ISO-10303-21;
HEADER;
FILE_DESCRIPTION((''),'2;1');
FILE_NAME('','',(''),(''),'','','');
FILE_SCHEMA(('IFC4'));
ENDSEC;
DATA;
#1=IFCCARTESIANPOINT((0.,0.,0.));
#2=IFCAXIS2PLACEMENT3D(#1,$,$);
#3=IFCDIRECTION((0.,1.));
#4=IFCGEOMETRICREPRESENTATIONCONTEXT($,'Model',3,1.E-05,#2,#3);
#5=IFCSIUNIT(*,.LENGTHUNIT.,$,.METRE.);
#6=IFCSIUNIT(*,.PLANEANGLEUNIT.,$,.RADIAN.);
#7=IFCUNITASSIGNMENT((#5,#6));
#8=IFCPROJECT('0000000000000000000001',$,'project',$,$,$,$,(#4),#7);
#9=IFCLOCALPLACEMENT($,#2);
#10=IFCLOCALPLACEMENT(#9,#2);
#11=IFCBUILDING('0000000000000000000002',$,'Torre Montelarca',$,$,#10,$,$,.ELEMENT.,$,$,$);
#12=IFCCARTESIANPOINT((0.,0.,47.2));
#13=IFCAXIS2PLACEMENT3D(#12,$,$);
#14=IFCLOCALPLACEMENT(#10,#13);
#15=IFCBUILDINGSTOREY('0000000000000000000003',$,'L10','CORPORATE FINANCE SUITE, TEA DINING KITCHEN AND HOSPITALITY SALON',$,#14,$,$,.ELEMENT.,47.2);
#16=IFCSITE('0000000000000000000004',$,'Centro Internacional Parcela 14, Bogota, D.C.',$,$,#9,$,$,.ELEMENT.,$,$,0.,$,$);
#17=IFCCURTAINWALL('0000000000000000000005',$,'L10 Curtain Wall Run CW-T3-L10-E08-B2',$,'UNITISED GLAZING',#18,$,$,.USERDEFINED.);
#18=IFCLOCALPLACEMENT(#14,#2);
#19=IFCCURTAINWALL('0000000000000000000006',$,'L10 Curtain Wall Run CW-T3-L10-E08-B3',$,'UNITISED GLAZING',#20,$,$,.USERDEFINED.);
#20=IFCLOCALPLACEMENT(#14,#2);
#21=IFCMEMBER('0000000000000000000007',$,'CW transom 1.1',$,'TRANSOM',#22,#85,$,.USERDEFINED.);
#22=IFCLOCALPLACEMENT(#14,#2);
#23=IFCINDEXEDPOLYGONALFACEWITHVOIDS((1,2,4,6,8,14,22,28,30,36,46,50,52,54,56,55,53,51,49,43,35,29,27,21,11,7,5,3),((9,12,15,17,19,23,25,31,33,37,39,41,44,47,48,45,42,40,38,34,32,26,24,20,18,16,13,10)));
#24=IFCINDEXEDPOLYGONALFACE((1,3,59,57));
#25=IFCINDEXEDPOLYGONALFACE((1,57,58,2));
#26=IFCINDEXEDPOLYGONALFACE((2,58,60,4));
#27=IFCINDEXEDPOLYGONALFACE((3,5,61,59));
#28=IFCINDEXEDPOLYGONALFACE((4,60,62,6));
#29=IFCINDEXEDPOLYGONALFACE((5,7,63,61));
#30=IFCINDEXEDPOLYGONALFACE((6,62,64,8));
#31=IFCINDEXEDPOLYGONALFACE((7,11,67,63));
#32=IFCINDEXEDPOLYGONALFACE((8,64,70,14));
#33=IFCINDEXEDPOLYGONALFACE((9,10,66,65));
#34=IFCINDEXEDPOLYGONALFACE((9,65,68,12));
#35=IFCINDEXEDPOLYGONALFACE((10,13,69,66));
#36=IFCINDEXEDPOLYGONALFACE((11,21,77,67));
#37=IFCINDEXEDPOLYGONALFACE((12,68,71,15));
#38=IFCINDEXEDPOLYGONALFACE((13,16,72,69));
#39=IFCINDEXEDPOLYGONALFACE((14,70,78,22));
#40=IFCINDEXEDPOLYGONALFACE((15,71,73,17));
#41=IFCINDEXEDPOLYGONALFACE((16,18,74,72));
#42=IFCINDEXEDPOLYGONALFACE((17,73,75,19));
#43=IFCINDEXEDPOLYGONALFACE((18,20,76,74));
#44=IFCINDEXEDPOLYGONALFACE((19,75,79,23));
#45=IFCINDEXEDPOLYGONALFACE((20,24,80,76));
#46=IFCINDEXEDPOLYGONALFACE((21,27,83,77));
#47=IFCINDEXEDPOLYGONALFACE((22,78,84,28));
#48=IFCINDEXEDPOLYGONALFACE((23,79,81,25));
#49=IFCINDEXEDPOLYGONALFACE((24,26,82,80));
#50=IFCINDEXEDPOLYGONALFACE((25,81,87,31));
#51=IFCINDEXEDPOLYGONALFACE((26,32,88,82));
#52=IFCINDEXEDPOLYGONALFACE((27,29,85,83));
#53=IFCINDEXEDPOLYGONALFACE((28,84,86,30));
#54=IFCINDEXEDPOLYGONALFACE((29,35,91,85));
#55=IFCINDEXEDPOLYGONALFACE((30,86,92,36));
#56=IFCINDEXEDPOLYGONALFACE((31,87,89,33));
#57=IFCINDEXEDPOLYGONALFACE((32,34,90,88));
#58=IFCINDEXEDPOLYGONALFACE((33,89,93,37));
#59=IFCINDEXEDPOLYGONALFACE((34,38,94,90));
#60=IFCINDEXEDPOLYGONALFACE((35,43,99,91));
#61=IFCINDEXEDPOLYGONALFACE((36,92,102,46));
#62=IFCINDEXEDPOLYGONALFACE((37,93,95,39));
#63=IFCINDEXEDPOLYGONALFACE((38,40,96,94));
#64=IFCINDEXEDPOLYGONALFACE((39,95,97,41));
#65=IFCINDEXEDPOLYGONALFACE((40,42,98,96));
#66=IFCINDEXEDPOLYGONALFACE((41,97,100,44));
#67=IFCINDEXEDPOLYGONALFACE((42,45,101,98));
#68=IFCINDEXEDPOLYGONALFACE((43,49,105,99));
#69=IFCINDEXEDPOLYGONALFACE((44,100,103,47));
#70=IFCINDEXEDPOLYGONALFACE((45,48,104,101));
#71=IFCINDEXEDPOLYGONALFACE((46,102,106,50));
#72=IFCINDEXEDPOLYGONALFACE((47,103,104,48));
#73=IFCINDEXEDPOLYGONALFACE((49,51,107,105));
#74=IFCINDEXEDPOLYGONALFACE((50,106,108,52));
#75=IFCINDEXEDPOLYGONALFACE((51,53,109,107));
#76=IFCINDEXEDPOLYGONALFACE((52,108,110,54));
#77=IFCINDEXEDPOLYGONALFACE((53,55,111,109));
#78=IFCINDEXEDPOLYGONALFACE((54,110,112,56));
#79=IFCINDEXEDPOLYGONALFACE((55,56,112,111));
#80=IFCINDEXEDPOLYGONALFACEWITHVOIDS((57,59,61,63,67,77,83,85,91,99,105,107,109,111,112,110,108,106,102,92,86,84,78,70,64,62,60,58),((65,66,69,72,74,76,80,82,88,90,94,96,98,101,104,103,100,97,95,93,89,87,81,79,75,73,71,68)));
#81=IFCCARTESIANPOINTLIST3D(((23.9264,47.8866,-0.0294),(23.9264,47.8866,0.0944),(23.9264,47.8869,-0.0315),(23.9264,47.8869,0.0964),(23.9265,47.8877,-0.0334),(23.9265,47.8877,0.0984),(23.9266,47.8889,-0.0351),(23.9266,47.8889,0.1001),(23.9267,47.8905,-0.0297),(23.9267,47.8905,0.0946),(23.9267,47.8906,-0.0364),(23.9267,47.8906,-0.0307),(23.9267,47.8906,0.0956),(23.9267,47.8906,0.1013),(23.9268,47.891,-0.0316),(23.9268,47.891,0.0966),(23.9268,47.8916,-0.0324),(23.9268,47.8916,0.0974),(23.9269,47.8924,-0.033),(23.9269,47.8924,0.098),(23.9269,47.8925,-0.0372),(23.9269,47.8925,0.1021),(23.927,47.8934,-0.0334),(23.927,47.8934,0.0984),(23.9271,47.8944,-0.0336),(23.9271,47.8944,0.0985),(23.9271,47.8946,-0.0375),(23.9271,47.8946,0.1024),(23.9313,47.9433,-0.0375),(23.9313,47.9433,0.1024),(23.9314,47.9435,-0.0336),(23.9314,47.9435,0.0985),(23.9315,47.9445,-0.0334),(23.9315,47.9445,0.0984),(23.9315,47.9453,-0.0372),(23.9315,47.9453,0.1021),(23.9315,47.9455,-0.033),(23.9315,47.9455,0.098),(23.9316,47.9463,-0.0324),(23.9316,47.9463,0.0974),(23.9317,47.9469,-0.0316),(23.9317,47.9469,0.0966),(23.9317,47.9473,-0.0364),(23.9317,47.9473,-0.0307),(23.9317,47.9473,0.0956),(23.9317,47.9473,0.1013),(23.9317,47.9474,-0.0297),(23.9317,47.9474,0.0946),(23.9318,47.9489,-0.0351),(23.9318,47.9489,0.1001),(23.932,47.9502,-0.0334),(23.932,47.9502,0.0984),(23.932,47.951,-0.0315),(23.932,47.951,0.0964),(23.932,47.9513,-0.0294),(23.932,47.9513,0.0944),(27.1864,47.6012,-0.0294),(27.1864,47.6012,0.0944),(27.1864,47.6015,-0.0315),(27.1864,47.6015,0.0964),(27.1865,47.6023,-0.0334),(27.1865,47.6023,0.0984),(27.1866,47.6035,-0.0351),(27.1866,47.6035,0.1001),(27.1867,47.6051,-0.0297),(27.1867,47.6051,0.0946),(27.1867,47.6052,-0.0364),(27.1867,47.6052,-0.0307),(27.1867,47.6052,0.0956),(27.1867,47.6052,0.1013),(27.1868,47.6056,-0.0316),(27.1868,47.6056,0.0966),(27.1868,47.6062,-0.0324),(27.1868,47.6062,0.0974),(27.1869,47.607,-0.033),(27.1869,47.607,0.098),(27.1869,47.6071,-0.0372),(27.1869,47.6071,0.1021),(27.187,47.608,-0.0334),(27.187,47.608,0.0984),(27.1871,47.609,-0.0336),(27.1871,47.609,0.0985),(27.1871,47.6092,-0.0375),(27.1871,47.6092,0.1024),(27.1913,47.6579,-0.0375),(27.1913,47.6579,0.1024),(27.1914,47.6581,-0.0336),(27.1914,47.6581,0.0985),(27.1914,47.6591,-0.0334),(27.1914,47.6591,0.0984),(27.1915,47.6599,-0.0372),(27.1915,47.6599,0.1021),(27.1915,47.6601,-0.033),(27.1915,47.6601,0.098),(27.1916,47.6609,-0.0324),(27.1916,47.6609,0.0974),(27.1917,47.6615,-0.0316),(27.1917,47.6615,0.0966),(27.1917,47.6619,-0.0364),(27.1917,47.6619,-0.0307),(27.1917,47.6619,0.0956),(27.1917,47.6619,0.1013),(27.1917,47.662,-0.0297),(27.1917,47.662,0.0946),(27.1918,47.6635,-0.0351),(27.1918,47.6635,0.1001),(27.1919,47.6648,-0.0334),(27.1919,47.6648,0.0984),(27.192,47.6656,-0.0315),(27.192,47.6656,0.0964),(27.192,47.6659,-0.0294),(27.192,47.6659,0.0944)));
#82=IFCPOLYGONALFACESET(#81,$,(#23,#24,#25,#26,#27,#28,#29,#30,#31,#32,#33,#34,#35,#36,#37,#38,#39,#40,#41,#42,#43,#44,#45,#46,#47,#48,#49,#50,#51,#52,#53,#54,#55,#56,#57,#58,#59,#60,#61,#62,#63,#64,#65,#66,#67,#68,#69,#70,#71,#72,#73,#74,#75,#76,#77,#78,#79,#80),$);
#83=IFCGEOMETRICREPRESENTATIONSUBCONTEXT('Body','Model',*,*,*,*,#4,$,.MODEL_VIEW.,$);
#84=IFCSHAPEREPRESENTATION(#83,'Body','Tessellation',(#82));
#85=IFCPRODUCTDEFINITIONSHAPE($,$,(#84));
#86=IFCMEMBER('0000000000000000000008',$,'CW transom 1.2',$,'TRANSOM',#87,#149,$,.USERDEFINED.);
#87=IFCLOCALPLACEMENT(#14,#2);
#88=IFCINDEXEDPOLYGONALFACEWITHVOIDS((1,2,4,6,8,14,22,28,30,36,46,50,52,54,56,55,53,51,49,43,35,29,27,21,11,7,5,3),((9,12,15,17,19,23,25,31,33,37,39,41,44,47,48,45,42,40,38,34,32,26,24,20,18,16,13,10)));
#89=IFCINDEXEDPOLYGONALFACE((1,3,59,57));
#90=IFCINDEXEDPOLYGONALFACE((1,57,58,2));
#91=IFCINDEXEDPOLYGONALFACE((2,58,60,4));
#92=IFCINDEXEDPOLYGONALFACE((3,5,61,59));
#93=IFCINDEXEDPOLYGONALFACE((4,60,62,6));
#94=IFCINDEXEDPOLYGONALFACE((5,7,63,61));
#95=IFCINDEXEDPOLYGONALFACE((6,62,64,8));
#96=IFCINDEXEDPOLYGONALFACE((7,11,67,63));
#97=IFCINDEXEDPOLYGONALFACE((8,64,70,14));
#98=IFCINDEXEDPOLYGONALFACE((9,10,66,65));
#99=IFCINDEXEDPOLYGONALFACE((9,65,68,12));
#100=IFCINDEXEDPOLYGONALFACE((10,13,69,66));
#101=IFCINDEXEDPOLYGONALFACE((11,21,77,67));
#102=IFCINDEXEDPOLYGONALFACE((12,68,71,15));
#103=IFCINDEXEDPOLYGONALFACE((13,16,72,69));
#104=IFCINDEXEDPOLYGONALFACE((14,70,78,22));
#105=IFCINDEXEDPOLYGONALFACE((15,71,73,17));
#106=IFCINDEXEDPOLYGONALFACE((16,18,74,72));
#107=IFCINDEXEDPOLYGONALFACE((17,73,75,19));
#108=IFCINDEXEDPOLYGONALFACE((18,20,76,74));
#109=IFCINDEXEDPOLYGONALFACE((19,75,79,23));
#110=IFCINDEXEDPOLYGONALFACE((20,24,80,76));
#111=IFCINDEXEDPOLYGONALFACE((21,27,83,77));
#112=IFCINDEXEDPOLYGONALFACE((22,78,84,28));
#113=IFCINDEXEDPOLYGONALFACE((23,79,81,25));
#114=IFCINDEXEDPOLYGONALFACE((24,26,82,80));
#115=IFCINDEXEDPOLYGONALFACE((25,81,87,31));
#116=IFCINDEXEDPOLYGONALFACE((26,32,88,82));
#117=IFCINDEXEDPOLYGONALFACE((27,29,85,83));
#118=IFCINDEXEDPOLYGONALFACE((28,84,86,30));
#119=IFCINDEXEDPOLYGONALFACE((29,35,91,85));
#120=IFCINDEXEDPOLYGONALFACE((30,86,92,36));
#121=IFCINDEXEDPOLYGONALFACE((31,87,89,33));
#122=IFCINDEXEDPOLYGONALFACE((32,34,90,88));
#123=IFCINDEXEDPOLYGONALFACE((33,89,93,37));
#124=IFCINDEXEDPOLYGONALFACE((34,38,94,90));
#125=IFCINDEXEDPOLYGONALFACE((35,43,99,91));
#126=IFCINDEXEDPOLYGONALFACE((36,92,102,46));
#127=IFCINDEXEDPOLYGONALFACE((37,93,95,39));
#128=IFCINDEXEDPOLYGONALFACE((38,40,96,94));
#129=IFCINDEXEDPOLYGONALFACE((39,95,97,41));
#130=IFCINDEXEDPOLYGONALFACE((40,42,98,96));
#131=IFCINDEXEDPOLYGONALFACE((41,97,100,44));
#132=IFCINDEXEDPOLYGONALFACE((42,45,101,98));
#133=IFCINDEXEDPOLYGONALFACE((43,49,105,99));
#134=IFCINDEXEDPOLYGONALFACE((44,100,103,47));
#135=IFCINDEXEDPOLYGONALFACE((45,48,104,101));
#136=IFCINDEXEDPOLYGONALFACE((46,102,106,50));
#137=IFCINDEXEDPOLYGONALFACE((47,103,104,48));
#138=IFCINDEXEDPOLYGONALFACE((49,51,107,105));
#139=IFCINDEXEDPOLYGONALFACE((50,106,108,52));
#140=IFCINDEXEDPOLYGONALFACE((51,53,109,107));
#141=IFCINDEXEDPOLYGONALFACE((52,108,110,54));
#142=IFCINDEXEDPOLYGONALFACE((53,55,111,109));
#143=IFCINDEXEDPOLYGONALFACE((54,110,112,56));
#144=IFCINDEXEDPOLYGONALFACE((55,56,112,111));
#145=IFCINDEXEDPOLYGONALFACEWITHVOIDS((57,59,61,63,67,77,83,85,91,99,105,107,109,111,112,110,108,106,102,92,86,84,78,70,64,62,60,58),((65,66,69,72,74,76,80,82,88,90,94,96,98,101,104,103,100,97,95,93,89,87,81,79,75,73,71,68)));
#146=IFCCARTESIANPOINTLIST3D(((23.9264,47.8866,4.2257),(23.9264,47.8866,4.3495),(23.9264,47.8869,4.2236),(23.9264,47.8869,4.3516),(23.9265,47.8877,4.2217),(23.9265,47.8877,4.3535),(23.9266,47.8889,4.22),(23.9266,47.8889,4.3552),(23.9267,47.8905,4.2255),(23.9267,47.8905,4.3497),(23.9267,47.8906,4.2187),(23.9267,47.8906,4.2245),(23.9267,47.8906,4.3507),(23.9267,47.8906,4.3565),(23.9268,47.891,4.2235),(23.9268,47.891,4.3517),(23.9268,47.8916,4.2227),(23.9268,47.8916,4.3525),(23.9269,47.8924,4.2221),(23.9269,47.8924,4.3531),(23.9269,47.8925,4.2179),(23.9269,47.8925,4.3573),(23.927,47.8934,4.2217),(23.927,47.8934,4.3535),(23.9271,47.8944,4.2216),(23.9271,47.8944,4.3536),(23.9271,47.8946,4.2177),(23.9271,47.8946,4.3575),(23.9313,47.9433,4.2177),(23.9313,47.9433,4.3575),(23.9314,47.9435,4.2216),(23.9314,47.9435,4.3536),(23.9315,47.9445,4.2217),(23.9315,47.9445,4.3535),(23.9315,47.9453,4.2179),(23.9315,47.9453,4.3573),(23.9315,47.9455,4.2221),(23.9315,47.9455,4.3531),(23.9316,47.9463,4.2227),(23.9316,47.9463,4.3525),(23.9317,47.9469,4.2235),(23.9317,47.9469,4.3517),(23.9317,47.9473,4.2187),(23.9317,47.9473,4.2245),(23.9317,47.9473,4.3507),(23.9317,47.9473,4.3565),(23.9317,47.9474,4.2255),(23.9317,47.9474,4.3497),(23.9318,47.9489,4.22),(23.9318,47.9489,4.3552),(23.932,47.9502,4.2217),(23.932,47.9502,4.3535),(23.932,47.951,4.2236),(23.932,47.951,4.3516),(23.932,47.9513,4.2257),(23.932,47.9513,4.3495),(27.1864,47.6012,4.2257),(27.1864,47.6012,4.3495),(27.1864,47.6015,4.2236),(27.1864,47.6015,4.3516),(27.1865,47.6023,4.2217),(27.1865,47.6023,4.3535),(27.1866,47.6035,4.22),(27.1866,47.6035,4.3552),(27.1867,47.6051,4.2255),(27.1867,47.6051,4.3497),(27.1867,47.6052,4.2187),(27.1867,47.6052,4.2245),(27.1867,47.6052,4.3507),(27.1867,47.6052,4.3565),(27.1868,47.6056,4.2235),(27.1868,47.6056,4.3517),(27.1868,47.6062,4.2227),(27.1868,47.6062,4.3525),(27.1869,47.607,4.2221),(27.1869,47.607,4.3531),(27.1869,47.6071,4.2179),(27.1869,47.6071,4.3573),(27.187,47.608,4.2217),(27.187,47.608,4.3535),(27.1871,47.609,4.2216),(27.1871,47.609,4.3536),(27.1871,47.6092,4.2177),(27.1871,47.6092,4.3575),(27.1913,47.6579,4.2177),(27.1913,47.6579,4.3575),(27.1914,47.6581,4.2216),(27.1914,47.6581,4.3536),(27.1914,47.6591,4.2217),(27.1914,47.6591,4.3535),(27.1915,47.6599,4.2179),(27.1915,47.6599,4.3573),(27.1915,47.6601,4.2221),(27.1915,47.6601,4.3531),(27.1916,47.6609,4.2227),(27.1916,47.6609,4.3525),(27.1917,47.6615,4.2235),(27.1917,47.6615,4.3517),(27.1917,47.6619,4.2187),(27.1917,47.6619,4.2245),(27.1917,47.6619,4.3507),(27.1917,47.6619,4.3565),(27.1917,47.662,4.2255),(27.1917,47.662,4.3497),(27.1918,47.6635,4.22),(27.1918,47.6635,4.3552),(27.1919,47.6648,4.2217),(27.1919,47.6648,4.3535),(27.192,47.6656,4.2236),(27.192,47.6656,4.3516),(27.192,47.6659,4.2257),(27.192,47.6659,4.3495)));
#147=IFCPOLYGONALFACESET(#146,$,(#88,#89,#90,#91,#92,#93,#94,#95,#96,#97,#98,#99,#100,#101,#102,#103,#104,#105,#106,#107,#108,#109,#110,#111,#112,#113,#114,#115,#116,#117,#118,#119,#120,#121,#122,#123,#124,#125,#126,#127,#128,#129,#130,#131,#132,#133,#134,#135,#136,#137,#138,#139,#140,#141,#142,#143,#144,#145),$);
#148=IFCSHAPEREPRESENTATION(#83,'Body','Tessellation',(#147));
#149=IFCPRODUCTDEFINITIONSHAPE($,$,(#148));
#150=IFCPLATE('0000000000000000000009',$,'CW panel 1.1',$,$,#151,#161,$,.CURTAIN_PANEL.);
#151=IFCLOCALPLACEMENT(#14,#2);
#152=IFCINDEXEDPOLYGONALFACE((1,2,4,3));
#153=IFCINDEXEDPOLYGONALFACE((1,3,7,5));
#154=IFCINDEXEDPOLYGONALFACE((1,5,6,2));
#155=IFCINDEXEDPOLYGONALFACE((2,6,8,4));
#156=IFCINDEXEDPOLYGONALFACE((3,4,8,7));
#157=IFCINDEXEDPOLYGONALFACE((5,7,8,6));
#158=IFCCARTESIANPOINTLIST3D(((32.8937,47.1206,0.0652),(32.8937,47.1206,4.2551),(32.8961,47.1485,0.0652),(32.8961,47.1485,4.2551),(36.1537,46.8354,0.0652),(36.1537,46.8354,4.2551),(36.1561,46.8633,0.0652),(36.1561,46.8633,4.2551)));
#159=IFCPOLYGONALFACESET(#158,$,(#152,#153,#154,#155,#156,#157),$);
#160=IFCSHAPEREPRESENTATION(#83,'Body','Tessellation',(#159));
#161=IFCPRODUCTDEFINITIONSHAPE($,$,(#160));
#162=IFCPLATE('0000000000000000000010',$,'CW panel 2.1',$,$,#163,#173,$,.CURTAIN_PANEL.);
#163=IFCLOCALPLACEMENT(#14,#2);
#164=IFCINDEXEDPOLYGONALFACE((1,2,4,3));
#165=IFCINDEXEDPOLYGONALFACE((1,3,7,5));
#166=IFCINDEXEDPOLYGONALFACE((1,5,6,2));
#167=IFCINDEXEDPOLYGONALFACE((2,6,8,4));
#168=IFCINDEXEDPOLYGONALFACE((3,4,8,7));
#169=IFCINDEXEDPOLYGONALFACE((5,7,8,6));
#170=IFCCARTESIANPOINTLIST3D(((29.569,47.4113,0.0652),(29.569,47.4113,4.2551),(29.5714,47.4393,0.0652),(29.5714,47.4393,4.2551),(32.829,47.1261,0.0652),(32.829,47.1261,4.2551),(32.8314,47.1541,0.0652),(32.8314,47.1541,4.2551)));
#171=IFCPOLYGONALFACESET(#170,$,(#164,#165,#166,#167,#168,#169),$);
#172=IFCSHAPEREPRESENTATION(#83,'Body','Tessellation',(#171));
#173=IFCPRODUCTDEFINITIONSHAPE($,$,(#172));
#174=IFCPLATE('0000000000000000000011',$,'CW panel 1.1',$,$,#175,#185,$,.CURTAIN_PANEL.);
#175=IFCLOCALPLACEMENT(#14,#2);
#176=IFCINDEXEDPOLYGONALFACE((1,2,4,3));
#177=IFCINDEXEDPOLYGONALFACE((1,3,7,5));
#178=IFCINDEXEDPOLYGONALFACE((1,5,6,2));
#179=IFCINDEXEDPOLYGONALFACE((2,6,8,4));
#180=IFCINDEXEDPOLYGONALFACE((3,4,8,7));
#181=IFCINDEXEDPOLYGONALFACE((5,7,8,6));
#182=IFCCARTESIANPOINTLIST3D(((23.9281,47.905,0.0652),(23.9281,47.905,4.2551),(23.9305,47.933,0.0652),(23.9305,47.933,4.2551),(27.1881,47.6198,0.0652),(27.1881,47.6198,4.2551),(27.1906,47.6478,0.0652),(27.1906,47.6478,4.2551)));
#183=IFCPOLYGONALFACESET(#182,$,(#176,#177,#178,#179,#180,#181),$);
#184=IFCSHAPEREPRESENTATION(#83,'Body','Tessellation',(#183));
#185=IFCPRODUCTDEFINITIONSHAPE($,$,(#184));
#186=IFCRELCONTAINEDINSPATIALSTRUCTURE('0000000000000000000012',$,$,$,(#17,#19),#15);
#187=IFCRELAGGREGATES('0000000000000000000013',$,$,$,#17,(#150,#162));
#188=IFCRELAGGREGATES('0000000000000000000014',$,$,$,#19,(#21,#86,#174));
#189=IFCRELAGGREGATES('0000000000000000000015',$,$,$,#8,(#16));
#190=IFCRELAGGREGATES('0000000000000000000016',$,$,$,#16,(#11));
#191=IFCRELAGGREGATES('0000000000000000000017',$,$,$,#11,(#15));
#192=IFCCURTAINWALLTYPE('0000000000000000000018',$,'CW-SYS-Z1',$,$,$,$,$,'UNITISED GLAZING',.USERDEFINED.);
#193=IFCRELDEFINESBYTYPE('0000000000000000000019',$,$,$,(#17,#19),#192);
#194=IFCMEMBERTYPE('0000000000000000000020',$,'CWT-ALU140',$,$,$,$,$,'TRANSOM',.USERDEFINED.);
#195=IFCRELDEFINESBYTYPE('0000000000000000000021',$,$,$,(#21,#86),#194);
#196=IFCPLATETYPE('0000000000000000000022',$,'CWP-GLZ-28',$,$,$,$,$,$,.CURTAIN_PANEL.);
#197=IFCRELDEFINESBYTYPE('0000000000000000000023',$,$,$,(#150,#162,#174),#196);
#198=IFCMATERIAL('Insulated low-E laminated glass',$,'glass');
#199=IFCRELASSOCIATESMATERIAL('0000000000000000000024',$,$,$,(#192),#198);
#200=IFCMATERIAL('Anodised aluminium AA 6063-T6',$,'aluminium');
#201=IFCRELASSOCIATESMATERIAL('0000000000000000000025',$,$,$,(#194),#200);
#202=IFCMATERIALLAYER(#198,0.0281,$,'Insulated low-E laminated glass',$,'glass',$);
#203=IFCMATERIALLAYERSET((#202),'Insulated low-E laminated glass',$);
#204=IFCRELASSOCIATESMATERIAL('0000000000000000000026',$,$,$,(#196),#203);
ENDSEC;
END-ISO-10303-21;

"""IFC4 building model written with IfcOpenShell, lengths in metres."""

from ifc_helpers import new_model, si_unit, direction, frame, origin, origin_2d, place, context, subcontext, project, spatial, rectangle, hollow_rectangle, extrude, source, transform, mapped, material, layer, layer_set, material_profile, profile_set, type_object, element, aggregate, save


model = new_model("IFC4")

# Units and contexts
model_context = context("Model", 3, precision=1e-05, world=origin(), true_north=direction((0.0, 1.0)))
body_context = subcontext(model_context, "Body", "Model", "MODEL_VIEW")
ifc_project = project(units=[si_unit("LENGTHUNIT", "METRE"), si_unit("PLANEANGLEUNIT", "RADIAN")], contexts=[model_context])

# Site, building, storey
site_placement = place(None, origin())
site = spatial("IfcSite", under=ifc_project, at=site_placement, Name="Centro Internacional Parcela 14, Bogota, D.C.", CompositionType="ELEMENT", RefElevation=0.0)
building_placement = place(site_placement, origin())
building = spatial("IfcBuilding", under=site, at=building_placement, Name="Torre Montelarca", CompositionType="ELEMENT")
storey_placement = place(building_placement, frame((0.0, 0.0, 47.2)))
storey = spatial("IfcBuildingStorey", under=building, at=storey_placement, Name="L10", Description="CORPORATE FINANCE SUITE, TEA DINING KITCHEN AND HOSPITALITY SALON", CompositionType="ELEMENT", Elevation=47.2)

# Shared definitions
ifc_material_1 = material(Name="Insulated low-E laminated glass", Category="glass")
curtain_wall_type = type_object("IfcCurtainWallType", Name="CW-SYS-Z1", ElementType="UNITISED GLAZING", PredefinedType="USERDEFINED", material=ifc_material_1)
ifc_material_2 = material(Name="Anodised aluminium AA 6063-T6", Category="aluminium")

# Curtain walls
curtain_wall_1_placement = place(storey_placement, origin())
curtain_wall_1 = element("IfcCurtainWall", 1, at=curtain_wall_1_placement, inside=storey, type_object=curtain_wall_type, Name="L10 Curtain Wall Run CW-T3-L10-E08-B2", ObjectType="UNITISED GLAZING", PredefinedType="USERDEFINED")
curtain_wall_2_placement = place(storey_placement, origin())
curtain_wall_2 = element("IfcCurtainWall", 2, at=curtain_wall_2_placement, inside=storey, type_object=curtain_wall_type, Name="L10 Curtain Wall Run CW-T3-L10-E08-B3", ObjectType="UNITISED GLAZING", PredefinedType="USERDEFINED")
ifc_material_profile_1 = material_profile(ifc_material_2, hollow_rectangle(XDim=0.0649, YDim=0.1399, WallThickness=0.0039, InnerFilletRadius=0.0039, OuterFilletRadius=0.0081, at=origin_2d()), Name="ALU65X140X4", Category="aluminium")
ifc_profile_set_1 = profile_set([ifc_material_profile_1], Name="Anodised aluminium AA 6063-T6")
member_type_1 = type_object("IfcMemberType", Name="CWT-ALU140", ElementType="TRANSOM", PredefinedType="USERDEFINED", material=ifc_profile_set_1)

# Members
shared_shape_1 = source(origin(), body_context, "Body", "SweptSolid", [
    extrude(hollow_rectangle(XDim=0.0649, YDim=0.1399, WallThickness=0.0039, InnerFilletRadius=0.0039, OuterFilletRadius=0.0081, at=origin_2d()), origin(), (0.0, 0.0, 1.0), 3.2725),
])
member_1_placement = place(storey_placement, frame((27.1892, 47.6335, 0.0325), z_axis=(-0.99619, 0.087212, 0.0), x_axis=(-0.087212, -0.99619, 0.0)))
member_1 = element("IfcMember", 3, at=member_1_placement, type_object=member_type_1, Name="CW transom 1.1", ObjectType="TRANSOM", PredefinedType="USERDEFINED", context=body_context, shape_type="MappedRepresentation", body=[
    mapped(shared_shape_1, transform((0.0, 0.0, 0.0), scale=1.0)),
])
member_2_placement = place(storey_placement, frame((27.1892, 47.6335, 4.2876), z_axis=(-0.99619, 0.087212, 0.0), x_axis=(-0.087212, -0.99619, 0.0)))
member_2 = element("IfcMember", 4, at=member_2_placement, type_object=member_type_1, Name="CW transom 1.2", ObjectType="TRANSOM", PredefinedType="USERDEFINED", context=body_context, shape_type="MappedRepresentation", body=[
    mapped(shared_shape_1, transform((0.0, 0.0, 0.0), scale=1.0)),
])

# Plates
ifc_layer_1 = layer(ifc_material_1, 0.0281, Name="Insulated low-E laminated glass", Category="glass")
ifc_layer_set_1 = layer_set([ifc_layer_1], Name="Insulated low-E laminated glass")
plate_type = type_object("IfcPlateType", Name="CWP-GLZ-28", PredefinedType="CURTAIN_PANEL", material=ifc_layer_set_1)
shared_shape_2 = source(origin(), body_context, "Body", "SweptSolid", [
    extrude(rectangle(XDim=3.2725, YDim=0.0281, at=origin_2d()), origin(), (0.0, 0.0, 1.0), 4.1899),
])
plate_1_placement = place(storey_placement, frame((34.5249, 46.9919, 0.0652), z_axis=(0.0, 0.0, 1.0), x_axis=(-0.996195, 0.087152, 0.0)))
plate_1 = element("IfcPlate", 5, at=plate_1_placement, type_object=plate_type, Name="CW panel 1.1", PredefinedType="CURTAIN_PANEL", context=body_context, shape_type="MappedRepresentation", body=[
    mapped(shared_shape_2, transform((0.0, 0.0, 0.0), scale=1.0)),
])
plate_2_placement = place(storey_placement, frame((31.2002, 47.2827, 0.0652), z_axis=(0.0, 0.0, 1.0), x_axis=(-0.996195, 0.087152, 0.0)))
plate_2 = element("IfcPlate", 6, at=plate_2_placement, type_object=plate_type, Name="CW panel 2.1", PredefinedType="CURTAIN_PANEL", context=body_context, shape_type="MappedRepresentation", body=[
    mapped(shared_shape_2, transform((0.0, 0.0, 0.0), scale=1.0)),
])
aggregate(curtain_wall_1, [plate_1, plate_2])
plate_3_placement = place(storey_placement, frame((25.5593, 47.7764, 0.0652), z_axis=(0.0, 0.0, 1.0), x_axis=(-0.996195, 0.087151, 0.0)))
plate_3 = element("IfcPlate", 7, at=plate_3_placement, type_object=plate_type, Name="CW panel 1.1", PredefinedType="CURTAIN_PANEL", context=body_context, shape_type="MappedRepresentation", body=[
    mapped(shared_shape_2, transform((0.0, 0.0, 0.0), scale=1.0)),
])
aggregate(curtain_wall_2, [member_1, member_2, plate_3])

save(model, "model.ifc")
